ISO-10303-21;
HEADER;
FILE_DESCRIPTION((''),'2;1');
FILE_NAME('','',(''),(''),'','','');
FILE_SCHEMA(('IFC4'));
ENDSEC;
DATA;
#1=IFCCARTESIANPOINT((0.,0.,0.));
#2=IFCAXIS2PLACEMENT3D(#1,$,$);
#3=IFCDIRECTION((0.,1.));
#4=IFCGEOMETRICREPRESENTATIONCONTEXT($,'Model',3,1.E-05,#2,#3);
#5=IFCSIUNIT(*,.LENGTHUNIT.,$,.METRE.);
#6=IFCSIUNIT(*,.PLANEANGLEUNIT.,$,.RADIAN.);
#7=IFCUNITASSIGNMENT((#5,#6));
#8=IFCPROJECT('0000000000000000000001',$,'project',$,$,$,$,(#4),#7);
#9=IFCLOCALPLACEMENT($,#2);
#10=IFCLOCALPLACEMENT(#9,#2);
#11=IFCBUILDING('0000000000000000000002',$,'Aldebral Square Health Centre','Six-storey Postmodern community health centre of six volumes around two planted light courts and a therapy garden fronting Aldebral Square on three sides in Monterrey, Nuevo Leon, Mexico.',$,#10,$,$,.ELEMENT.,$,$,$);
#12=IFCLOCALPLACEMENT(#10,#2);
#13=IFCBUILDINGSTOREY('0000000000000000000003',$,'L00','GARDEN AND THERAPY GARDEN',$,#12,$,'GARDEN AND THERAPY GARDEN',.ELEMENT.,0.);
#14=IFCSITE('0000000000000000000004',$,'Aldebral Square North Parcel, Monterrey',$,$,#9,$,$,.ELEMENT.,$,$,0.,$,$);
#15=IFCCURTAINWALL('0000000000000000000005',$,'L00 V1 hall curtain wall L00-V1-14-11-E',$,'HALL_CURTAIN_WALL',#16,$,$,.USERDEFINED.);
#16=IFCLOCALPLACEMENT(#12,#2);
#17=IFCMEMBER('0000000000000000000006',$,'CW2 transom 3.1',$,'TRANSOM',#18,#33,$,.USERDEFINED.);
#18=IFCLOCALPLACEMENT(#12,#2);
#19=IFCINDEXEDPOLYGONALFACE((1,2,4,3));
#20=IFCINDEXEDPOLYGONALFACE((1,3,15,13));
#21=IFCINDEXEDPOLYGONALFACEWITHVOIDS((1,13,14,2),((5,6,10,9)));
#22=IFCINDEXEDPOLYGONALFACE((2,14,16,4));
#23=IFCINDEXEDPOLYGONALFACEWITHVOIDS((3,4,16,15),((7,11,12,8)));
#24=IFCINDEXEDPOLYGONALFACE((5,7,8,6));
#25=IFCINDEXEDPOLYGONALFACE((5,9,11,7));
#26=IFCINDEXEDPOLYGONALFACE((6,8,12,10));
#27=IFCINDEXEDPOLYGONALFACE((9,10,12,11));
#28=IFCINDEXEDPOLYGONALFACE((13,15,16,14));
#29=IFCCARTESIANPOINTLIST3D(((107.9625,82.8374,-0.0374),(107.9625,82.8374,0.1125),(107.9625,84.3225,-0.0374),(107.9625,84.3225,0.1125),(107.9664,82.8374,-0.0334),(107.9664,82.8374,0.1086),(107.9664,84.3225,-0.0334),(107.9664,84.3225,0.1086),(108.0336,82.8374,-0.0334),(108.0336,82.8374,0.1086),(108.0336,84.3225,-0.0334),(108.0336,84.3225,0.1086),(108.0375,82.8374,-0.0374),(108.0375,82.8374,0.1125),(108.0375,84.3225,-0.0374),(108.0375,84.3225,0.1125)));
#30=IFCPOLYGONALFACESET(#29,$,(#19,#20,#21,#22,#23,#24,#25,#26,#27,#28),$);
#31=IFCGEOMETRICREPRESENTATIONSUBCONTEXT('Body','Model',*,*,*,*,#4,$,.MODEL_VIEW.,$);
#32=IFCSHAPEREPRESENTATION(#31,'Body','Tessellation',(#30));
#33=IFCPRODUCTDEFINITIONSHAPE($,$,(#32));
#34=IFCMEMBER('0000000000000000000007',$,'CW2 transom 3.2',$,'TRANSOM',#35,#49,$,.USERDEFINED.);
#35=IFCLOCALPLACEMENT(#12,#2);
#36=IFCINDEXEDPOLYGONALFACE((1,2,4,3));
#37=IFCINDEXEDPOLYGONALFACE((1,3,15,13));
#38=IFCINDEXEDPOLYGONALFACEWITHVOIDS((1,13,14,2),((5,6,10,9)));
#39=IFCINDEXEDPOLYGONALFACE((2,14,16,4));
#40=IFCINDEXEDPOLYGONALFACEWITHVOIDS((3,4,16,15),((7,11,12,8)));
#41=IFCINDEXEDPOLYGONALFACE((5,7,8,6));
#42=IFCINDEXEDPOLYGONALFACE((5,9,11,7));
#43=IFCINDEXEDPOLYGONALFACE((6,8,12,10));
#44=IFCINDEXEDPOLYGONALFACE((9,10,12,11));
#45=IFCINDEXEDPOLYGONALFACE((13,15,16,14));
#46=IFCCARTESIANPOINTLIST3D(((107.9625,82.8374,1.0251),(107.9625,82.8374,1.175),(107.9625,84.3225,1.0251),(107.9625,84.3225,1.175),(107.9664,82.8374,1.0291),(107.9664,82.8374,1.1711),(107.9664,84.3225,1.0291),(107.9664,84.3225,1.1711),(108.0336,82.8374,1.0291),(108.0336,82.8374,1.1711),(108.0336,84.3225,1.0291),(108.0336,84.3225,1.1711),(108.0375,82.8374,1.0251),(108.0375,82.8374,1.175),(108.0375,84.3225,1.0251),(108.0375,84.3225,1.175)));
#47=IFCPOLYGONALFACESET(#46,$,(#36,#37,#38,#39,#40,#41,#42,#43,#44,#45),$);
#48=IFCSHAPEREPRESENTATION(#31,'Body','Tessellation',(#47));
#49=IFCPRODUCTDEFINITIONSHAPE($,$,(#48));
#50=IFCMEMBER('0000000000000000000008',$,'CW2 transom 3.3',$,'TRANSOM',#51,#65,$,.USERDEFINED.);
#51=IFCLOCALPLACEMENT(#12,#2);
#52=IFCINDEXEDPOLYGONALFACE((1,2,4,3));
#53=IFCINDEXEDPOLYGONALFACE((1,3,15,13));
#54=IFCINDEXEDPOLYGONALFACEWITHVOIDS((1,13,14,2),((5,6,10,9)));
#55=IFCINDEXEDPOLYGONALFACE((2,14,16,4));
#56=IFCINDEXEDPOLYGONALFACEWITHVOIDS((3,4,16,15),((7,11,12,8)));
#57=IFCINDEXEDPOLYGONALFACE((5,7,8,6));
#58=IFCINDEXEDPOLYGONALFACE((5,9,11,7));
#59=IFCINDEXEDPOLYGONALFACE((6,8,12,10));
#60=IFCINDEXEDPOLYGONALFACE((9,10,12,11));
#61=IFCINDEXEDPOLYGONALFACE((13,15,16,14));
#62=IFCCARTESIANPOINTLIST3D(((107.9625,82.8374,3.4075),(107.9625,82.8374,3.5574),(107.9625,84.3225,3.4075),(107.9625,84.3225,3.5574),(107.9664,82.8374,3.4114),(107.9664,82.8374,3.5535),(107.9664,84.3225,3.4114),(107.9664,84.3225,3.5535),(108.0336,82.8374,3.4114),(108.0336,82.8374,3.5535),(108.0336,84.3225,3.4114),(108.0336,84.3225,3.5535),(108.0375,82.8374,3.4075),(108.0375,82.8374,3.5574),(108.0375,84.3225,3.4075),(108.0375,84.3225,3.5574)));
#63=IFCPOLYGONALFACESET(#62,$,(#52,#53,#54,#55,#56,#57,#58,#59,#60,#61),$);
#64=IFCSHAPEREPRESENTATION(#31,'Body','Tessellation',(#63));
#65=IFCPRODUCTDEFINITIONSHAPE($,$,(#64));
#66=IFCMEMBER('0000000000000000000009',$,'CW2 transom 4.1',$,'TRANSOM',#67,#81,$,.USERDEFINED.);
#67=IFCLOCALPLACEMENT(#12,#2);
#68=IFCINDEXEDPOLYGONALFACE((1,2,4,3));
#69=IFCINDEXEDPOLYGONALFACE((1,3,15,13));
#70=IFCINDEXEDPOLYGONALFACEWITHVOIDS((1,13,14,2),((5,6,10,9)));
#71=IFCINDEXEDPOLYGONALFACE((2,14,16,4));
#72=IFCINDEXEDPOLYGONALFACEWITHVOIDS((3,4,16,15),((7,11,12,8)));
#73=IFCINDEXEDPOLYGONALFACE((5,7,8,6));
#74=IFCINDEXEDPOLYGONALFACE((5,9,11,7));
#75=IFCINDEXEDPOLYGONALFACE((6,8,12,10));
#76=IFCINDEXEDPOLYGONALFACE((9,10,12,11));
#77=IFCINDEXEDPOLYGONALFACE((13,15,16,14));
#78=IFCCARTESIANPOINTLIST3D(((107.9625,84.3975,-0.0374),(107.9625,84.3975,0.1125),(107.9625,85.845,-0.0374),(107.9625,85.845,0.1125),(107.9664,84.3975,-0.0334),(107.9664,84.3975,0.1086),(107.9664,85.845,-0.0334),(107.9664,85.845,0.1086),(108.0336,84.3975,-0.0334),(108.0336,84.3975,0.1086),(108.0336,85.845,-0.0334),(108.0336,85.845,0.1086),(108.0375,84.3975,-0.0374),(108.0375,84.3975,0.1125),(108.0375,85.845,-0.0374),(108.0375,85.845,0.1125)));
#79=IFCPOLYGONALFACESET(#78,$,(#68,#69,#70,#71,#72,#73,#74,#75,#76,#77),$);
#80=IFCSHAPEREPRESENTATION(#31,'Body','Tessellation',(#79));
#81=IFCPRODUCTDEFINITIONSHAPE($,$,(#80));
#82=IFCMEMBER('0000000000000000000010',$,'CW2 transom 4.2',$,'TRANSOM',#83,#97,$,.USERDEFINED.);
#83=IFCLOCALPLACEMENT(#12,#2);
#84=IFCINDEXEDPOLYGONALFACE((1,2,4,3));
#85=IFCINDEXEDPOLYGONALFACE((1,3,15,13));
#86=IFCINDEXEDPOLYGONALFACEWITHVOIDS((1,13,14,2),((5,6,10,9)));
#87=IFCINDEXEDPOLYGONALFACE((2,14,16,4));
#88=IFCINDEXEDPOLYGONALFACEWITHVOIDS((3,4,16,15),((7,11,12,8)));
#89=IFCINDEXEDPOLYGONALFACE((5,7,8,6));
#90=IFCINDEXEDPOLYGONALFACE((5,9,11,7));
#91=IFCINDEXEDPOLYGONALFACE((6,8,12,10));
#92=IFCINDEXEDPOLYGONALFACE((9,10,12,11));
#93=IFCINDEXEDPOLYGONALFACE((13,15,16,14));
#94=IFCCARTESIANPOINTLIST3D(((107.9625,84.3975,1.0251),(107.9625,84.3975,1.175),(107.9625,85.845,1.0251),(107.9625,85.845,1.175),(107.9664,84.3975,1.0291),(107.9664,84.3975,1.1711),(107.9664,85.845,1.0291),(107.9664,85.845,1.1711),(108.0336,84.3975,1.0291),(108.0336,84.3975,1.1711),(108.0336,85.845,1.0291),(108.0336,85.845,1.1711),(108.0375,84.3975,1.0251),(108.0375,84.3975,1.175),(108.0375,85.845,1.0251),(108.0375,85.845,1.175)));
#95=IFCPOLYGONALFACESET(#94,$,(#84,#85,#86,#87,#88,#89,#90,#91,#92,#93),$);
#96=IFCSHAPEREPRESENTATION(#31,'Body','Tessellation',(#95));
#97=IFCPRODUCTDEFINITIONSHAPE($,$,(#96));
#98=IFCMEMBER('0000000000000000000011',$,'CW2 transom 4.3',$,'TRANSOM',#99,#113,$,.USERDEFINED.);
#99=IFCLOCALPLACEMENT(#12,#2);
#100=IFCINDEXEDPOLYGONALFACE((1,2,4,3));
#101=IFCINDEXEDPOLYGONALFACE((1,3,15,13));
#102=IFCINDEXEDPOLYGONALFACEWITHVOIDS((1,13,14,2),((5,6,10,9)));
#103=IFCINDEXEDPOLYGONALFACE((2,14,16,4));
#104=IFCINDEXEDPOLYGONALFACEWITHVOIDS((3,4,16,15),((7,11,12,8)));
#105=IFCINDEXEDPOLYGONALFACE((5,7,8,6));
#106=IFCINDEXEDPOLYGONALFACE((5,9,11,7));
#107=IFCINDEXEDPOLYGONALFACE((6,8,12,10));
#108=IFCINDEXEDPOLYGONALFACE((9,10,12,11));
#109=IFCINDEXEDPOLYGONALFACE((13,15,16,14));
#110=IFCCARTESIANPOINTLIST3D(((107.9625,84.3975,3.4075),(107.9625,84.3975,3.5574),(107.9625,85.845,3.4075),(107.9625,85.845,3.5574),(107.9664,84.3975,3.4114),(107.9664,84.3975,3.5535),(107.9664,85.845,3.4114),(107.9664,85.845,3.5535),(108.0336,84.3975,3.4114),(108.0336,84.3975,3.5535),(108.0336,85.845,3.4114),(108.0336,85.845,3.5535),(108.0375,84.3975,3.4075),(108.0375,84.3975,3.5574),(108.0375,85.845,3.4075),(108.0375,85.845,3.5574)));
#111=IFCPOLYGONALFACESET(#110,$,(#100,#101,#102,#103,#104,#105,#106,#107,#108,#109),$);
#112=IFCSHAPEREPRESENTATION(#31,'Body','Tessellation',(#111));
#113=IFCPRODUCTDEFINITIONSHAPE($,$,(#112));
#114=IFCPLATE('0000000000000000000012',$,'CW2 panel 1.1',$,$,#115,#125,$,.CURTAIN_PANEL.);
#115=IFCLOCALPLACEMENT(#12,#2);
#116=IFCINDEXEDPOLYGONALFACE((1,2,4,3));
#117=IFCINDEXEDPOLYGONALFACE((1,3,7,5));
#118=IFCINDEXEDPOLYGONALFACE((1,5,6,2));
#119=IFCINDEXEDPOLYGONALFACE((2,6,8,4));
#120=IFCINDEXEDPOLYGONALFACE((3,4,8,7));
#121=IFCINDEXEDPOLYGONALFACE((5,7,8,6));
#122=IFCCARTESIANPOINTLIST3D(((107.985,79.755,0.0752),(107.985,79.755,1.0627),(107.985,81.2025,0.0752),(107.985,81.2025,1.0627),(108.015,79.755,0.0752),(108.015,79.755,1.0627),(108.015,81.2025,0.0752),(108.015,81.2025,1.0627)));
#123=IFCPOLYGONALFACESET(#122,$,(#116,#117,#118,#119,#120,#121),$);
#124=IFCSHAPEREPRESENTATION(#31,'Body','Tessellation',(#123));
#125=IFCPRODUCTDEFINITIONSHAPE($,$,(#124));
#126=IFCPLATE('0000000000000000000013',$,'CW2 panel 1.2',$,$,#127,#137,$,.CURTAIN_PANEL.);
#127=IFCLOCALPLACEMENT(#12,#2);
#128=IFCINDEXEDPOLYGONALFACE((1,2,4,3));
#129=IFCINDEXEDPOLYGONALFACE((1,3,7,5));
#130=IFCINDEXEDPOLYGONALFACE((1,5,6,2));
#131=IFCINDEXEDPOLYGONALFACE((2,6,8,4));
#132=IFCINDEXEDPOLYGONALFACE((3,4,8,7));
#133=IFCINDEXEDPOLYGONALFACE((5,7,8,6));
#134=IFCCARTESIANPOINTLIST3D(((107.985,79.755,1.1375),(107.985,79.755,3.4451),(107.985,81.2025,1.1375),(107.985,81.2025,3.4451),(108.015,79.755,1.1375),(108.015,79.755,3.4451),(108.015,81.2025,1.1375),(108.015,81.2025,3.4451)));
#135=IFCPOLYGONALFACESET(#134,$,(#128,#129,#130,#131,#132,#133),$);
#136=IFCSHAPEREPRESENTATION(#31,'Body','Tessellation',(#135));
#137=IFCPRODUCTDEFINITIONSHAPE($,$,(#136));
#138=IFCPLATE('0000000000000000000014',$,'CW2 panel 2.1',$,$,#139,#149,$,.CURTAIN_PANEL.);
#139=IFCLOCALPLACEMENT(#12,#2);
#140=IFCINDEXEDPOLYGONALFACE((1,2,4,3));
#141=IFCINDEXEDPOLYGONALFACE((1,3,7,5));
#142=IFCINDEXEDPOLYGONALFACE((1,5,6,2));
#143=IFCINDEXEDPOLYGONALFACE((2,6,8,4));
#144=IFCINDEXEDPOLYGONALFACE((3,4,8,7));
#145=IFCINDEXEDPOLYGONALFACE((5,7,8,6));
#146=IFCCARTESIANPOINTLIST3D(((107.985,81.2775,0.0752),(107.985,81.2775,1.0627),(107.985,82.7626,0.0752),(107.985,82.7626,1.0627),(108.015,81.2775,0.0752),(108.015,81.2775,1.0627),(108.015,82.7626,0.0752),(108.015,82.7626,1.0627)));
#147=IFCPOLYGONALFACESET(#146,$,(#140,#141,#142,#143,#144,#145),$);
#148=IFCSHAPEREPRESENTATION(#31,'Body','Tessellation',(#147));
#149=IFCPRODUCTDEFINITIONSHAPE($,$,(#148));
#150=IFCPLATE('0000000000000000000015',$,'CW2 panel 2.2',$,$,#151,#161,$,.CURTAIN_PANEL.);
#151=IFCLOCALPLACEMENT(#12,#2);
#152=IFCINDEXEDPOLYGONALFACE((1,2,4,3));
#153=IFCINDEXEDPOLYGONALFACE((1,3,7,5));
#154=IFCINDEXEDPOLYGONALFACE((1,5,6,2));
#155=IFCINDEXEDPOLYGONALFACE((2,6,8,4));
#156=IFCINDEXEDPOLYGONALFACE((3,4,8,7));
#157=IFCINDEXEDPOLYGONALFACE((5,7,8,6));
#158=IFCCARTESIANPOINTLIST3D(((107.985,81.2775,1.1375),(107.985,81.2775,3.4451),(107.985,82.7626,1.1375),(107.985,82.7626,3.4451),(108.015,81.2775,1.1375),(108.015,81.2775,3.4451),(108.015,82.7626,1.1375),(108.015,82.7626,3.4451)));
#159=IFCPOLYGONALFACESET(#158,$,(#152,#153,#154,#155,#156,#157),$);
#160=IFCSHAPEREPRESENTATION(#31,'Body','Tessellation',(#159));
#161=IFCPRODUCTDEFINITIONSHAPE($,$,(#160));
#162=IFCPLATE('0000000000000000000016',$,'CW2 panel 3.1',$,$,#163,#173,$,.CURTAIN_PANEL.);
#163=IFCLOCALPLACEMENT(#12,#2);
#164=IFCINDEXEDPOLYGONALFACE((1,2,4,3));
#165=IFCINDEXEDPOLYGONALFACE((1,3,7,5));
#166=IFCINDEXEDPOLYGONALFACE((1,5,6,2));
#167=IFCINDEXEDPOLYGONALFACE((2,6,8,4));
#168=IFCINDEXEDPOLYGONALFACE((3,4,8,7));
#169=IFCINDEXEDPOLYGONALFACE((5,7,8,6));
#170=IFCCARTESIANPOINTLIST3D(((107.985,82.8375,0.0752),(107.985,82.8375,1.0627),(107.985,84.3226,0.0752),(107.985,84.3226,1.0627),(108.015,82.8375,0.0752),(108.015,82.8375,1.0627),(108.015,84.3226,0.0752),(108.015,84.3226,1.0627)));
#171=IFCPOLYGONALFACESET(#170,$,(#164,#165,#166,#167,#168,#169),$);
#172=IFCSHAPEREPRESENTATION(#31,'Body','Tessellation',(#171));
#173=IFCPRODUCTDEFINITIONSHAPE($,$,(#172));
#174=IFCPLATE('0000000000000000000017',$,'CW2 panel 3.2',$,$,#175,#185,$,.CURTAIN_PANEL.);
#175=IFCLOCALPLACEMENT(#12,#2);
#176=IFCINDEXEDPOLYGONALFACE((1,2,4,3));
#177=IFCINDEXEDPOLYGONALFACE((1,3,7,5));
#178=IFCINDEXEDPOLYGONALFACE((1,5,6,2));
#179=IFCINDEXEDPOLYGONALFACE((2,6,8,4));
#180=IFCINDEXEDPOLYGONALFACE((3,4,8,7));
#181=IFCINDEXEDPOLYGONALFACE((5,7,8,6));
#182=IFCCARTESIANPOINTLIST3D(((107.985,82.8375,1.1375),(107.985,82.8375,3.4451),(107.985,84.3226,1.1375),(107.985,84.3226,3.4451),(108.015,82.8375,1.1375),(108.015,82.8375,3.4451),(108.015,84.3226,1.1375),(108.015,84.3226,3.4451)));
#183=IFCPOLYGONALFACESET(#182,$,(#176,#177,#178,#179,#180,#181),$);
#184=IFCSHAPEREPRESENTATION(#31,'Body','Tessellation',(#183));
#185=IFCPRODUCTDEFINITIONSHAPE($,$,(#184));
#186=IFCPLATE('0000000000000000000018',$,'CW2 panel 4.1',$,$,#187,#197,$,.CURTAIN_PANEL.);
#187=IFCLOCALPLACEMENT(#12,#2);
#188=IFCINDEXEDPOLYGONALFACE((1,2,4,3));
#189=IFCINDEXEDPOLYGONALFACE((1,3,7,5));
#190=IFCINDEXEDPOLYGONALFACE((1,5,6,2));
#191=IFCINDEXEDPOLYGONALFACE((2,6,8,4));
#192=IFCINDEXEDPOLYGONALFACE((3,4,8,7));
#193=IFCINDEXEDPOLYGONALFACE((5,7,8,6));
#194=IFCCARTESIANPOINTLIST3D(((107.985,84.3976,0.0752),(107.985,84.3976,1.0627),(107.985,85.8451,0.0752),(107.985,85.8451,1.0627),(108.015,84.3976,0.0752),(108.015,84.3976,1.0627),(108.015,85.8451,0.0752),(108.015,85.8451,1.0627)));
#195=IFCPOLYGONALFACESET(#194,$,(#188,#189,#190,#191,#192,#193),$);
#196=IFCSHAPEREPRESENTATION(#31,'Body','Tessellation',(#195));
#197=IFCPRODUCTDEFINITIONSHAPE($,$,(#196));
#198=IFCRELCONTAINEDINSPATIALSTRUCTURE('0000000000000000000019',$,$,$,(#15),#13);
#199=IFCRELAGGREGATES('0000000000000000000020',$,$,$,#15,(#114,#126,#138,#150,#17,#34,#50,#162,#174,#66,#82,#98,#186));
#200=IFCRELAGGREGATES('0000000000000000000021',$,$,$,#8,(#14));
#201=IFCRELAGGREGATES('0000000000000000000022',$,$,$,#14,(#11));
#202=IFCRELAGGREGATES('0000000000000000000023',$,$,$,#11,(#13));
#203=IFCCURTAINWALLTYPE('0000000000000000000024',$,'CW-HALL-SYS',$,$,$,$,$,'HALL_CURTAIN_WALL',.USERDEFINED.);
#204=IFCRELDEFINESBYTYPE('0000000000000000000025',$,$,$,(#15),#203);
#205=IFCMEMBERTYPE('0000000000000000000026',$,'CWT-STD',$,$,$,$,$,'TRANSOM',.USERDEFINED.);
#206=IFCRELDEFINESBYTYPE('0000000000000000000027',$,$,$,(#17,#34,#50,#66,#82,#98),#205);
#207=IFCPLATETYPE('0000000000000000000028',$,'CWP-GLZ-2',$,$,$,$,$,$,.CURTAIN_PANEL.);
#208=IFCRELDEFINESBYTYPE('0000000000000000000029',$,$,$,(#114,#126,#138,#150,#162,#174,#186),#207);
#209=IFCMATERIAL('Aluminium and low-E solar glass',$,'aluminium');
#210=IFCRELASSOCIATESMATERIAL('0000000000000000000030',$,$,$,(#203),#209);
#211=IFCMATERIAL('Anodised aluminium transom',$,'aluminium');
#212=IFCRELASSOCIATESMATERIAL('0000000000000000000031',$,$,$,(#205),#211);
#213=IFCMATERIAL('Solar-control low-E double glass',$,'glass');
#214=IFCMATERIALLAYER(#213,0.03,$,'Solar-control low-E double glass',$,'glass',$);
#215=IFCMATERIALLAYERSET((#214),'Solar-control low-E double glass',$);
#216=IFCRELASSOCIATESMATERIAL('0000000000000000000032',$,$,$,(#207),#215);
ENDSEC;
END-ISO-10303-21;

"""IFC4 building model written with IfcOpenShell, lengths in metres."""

from ifc_helpers import new_model, si_unit, direction, frame, origin, origin_2d, place, context, subcontext, project, spatial, rectangle, hollow_rectangle, extrude, material, layer, layer_set, material_profile, profile_set, type_object, element, aggregate, save


model = new_model("IFC4")

# Units and contexts
model_context = context("Model", 3, precision=1e-05, world=origin(), true_north=direction((0.0, 1.0)))
body_context = subcontext(model_context, "Body", "Model", "MODEL_VIEW")
ifc_project = project(units=[si_unit("LENGTHUNIT", "METRE"), si_unit("PLANEANGLEUNIT", "RADIAN")], contexts=[model_context])

# Site, building, storey
site_placement = place(None, origin())
site = spatial("IfcSite", under=ifc_project, at=site_placement, Name="Aldebral Square North Parcel, Monterrey", CompositionType="ELEMENT", RefElevation=0.0)
building_placement = place(site_placement, origin())
building = spatial("IfcBuilding", under=site, at=building_placement, Name="Aldebral Square Health Centre", Description="Six-storey Postmodern community health centre of six volumes around two planted light courts and a therapy garden fronting Aldebral Square on three sides in Monterrey, Nuevo Leon, Mexico.", CompositionType="ELEMENT")
storey_placement = place(building_placement, origin())
storey = spatial("IfcBuildingStorey", under=building, at=storey_placement, Name="L00", Description="GARDEN AND THERAPY GARDEN", LongName="GARDEN AND THERAPY GARDEN", CompositionType="ELEMENT", Elevation=0.0)

# Curtain wall, members, plates
ifc_material_1 = material(Name="Aluminium and low-E solar glass", Category="aluminium")
curtain_wall_type = type_object("IfcCurtainWallType", Name="CW-HALL-SYS", ElementType="HALL_CURTAIN_WALL", PredefinedType="USERDEFINED", material=ifc_material_1)
curtain_wall_placement = place(storey_placement, origin())
curtain_wall = element("IfcCurtainWall", 1, at=curtain_wall_placement, inside=storey, type_object=curtain_wall_type, Name="L00 V1 hall curtain wall L00-V1-14-11-E", ObjectType="HALL_CURTAIN_WALL", PredefinedType="USERDEFINED")
ifc_material_2 = material(Name="Anodised aluminium transom", Category="aluminium")
ifc_material_profile_1 = material_profile(ifc_material_2, hollow_rectangle(XDim=0.075, YDim=0.1499, WallThickness=0.0039, at=origin_2d()), Name="CWT 75x150x4")
ifc_profile_set_1 = profile_set([ifc_material_profile_1], Name="Anodised aluminium transom")
member_type_1 = type_object("IfcMemberType", Name="CWT-STD", ElementType="TRANSOM", PredefinedType="USERDEFINED", material=ifc_profile_set_1)
member_1_placement = place(storey_placement, frame((108.0, 82.8374, 0.0376), z_axis=(0.0, 1.0, 0.0), x_axis=(-1.0, 0.0, 0.0)))
member_1 = element("IfcMember", 2, at=member_1_placement, type_object=member_type_1, Name="CW2 transom 3.1", ObjectType="TRANSOM", PredefinedType="USERDEFINED", context=body_context, shape_type="SweptSolid", body=[
    extrude(hollow_rectangle(XDim=0.075, YDim=0.1499, WallThickness=0.0039, at=origin_2d()), origin(), (0.0, 0.0, 1.0), 1.4851),
])
member_2_placement = place(storey_placement, frame((108.0, 82.8374, 1.1001), z_axis=(0.0, 1.0, 0.0), x_axis=(-1.0, 0.0, 0.0)))
member_2 = element("IfcMember", 3, at=member_2_placement, type_object=member_type_1, Name="CW2 transom 3.2", ObjectType="TRANSOM", PredefinedType="USERDEFINED", context=body_context, shape_type="SweptSolid", body=[
    extrude(hollow_rectangle(XDim=0.075, YDim=0.1499, WallThickness=0.0039, at=origin_2d()), origin(), (0.0, 0.0, 1.0), 1.4851),
])
member_3_placement = place(storey_placement, frame((108.0, 82.8374, 3.4824), z_axis=(0.0, 1.0, 0.0), x_axis=(-1.0, 0.0, 0.0)))
member_3 = element("IfcMember", 4, at=member_3_placement, type_object=member_type_1, Name="CW2 transom 3.3", ObjectType="TRANSOM", PredefinedType="USERDEFINED", context=body_context, shape_type="SweptSolid", body=[
    extrude(hollow_rectangle(XDim=0.075, YDim=0.1499, WallThickness=0.0039, at=origin_2d()), origin(), (0.0, 0.0, 1.0), 1.4851),
])
member_4_placement = place(storey_placement, frame((108.0, 84.3975, 0.0376), z_axis=(0.0, 1.0, 0.0), x_axis=(-1.0, 0.0, 0.0)))
member_4 = element("IfcMember", 5, at=member_4_placement, type_object=member_type_1, Name="CW2 transom 4.1", ObjectType="TRANSOM", PredefinedType="USERDEFINED", context=body_context, shape_type="SweptSolid", body=[
    extrude(hollow_rectangle(XDim=0.075, YDim=0.1499, WallThickness=0.0039, at=origin_2d()), origin(), (0.0, 0.0, 1.0), 1.4475),
])
member_5_placement = place(storey_placement, frame((108.0, 84.3975, 1.1001), z_axis=(0.0, 1.0, 0.0), x_axis=(-1.0, 0.0, 0.0)))
member_5 = element("IfcMember", 6, at=member_5_placement, type_object=member_type_1, Name="CW2 transom 4.2", ObjectType="TRANSOM", PredefinedType="USERDEFINED", context=body_context, shape_type="SweptSolid", body=[
    extrude(hollow_rectangle(XDim=0.075, YDim=0.1499, WallThickness=0.0039, at=origin_2d()), origin(), (0.0, 0.0, 1.0), 1.4475),
])
member_6_placement = place(storey_placement, frame((108.0, 84.3975, 3.4824), z_axis=(0.0, 1.0, 0.0), x_axis=(-1.0, 0.0, 0.0)))
member_6 = element("IfcMember", 7, at=member_6_placement, type_object=member_type_1, Name="CW2 transom 4.3", ObjectType="TRANSOM", PredefinedType="USERDEFINED", context=body_context, shape_type="SweptSolid", body=[
    extrude(hollow_rectangle(XDim=0.075, YDim=0.1499, WallThickness=0.0039, at=origin_2d()), origin(), (0.0, 0.0, 1.0), 1.4475),
])
ifc_material_3 = material(Name="Solar-control low-E double glass", Category="glass")
ifc_layer_1 = layer(ifc_material_3, 0.03, Name="Solar-control low-E double glass", Category="glass")
ifc_layer_set_1 = layer_set([ifc_layer_1], Name="Solar-control low-E double glass")
plate_type = type_object("IfcPlateType", Name="CWP-GLZ-2", PredefinedType="CURTAIN_PANEL", material=ifc_layer_set_1)
plate_1_placement = place(storey_placement, frame((108.0, 80.4788, 0.0752), z_axis=(0.0, 0.0, 1.0), x_axis=(0.0, 1.0, 0.0)))
plate_1 = element("IfcPlate", 8, at=plate_1_placement, type_object=plate_type, Name="CW2 panel 1.1", PredefinedType="CURTAIN_PANEL", context=body_context, shape_type="SweptSolid", body=[
    extrude(rectangle(XDim=1.4475, YDim=0.03, at=origin_2d()), origin(), (0.0, 0.0, 1.0), 0.9875),
])
plate_2_placement = place(storey_placement, frame((108.0, 80.4788, 1.1375), z_axis=(0.0, 0.0, 1.0), x_axis=(0.0, 1.0, 0.0)))
plate_2 = element("IfcPlate", 9, at=plate_2_placement, type_object=plate_type, Name="CW2 panel 1.2", PredefinedType="CURTAIN_PANEL", context=body_context, shape_type="SweptSolid", body=[
    extrude(rectangle(XDim=1.4475, YDim=0.03, at=origin_2d()), origin(), (0.0, 0.0, 1.0), 2.3076),
])
plate_3_placement = place(storey_placement, frame((108.0, 82.02, 0.0752), z_axis=(0.0, 0.0, 1.0), x_axis=(0.0, 1.0, 0.0)))
plate_3 = element("IfcPlate", 10, at=plate_3_placement, type_object=plate_type, Name="CW2 panel 2.1", PredefinedType="CURTAIN_PANEL", context=body_context, shape_type="SweptSolid", body=[
    extrude(rectangle(XDim=1.4851, YDim=0.03, at=origin_2d()), origin(), (0.0, 0.0, 1.0), 0.9875),
])
plate_4_placement = place(storey_placement, frame((108.0, 82.02, 1.1375), z_axis=(0.0, 0.0, 1.0), x_axis=(0.0, 1.0, 0.0)))
plate_4 = element("IfcPlate", 11, at=plate_4_placement, type_object=plate_type, Name="CW2 panel 2.2", PredefinedType="CURTAIN_PANEL", context=body_context, shape_type="SweptSolid", body=[
    extrude(rectangle(XDim=1.4851, YDim=0.03, at=origin_2d()), origin(), (0.0, 0.0, 1.0), 2.3076),
])
plate_5_placement = place(storey_placement, frame((108.0, 83.5801, 0.0752), z_axis=(0.0, 0.0, 1.0), x_axis=(0.0, 1.0, 0.0)))
plate_5 = element("IfcPlate", 12, at=plate_5_placement, type_object=plate_type, Name="CW2 panel 3.1", PredefinedType="CURTAIN_PANEL", context=body_context, shape_type="SweptSolid", body=[
    extrude(rectangle(XDim=1.4851, YDim=0.03, at=origin_2d()), origin(), (0.0, 0.0, 1.0), 0.9875),
])
plate_6_placement = place(storey_placement, frame((108.0, 83.5801, 1.1375), z_axis=(0.0, 0.0, 1.0), x_axis=(0.0, 1.0, 0.0)))
plate_6 = element("IfcPlate", 13, at=plate_6_placement, type_object=plate_type, Name="CW2 panel 3.2", PredefinedType="CURTAIN_PANEL", context=body_context, shape_type="SweptSolid", body=[
    extrude(rectangle(XDim=1.4851, YDim=0.03, at=origin_2d()), origin(), (0.0, 0.0, 1.0), 2.3076),
])
plate_7_placement = place(storey_placement, frame((108.0, 85.1213, 0.0752), z_axis=(0.0, 0.0, 1.0), x_axis=(0.0, 1.0, 0.0)))
plate_7 = element("IfcPlate", 14, at=plate_7_placement, type_object=plate_type, Name="CW2 panel 4.1", PredefinedType="CURTAIN_PANEL", context=body_context, shape_type="SweptSolid", body=[
    extrude(rectangle(XDim=1.4475, YDim=0.03, at=origin_2d()), origin(), (0.0, 0.0, 1.0), 0.9875),
])
aggregate(curtain_wall, [plate_1, plate_2, plate_3, plate_4, member_1, member_2, member_3, plate_5, plate_6, member_4, member_5, member_6, plate_7])

save(model, "model.ifc")
